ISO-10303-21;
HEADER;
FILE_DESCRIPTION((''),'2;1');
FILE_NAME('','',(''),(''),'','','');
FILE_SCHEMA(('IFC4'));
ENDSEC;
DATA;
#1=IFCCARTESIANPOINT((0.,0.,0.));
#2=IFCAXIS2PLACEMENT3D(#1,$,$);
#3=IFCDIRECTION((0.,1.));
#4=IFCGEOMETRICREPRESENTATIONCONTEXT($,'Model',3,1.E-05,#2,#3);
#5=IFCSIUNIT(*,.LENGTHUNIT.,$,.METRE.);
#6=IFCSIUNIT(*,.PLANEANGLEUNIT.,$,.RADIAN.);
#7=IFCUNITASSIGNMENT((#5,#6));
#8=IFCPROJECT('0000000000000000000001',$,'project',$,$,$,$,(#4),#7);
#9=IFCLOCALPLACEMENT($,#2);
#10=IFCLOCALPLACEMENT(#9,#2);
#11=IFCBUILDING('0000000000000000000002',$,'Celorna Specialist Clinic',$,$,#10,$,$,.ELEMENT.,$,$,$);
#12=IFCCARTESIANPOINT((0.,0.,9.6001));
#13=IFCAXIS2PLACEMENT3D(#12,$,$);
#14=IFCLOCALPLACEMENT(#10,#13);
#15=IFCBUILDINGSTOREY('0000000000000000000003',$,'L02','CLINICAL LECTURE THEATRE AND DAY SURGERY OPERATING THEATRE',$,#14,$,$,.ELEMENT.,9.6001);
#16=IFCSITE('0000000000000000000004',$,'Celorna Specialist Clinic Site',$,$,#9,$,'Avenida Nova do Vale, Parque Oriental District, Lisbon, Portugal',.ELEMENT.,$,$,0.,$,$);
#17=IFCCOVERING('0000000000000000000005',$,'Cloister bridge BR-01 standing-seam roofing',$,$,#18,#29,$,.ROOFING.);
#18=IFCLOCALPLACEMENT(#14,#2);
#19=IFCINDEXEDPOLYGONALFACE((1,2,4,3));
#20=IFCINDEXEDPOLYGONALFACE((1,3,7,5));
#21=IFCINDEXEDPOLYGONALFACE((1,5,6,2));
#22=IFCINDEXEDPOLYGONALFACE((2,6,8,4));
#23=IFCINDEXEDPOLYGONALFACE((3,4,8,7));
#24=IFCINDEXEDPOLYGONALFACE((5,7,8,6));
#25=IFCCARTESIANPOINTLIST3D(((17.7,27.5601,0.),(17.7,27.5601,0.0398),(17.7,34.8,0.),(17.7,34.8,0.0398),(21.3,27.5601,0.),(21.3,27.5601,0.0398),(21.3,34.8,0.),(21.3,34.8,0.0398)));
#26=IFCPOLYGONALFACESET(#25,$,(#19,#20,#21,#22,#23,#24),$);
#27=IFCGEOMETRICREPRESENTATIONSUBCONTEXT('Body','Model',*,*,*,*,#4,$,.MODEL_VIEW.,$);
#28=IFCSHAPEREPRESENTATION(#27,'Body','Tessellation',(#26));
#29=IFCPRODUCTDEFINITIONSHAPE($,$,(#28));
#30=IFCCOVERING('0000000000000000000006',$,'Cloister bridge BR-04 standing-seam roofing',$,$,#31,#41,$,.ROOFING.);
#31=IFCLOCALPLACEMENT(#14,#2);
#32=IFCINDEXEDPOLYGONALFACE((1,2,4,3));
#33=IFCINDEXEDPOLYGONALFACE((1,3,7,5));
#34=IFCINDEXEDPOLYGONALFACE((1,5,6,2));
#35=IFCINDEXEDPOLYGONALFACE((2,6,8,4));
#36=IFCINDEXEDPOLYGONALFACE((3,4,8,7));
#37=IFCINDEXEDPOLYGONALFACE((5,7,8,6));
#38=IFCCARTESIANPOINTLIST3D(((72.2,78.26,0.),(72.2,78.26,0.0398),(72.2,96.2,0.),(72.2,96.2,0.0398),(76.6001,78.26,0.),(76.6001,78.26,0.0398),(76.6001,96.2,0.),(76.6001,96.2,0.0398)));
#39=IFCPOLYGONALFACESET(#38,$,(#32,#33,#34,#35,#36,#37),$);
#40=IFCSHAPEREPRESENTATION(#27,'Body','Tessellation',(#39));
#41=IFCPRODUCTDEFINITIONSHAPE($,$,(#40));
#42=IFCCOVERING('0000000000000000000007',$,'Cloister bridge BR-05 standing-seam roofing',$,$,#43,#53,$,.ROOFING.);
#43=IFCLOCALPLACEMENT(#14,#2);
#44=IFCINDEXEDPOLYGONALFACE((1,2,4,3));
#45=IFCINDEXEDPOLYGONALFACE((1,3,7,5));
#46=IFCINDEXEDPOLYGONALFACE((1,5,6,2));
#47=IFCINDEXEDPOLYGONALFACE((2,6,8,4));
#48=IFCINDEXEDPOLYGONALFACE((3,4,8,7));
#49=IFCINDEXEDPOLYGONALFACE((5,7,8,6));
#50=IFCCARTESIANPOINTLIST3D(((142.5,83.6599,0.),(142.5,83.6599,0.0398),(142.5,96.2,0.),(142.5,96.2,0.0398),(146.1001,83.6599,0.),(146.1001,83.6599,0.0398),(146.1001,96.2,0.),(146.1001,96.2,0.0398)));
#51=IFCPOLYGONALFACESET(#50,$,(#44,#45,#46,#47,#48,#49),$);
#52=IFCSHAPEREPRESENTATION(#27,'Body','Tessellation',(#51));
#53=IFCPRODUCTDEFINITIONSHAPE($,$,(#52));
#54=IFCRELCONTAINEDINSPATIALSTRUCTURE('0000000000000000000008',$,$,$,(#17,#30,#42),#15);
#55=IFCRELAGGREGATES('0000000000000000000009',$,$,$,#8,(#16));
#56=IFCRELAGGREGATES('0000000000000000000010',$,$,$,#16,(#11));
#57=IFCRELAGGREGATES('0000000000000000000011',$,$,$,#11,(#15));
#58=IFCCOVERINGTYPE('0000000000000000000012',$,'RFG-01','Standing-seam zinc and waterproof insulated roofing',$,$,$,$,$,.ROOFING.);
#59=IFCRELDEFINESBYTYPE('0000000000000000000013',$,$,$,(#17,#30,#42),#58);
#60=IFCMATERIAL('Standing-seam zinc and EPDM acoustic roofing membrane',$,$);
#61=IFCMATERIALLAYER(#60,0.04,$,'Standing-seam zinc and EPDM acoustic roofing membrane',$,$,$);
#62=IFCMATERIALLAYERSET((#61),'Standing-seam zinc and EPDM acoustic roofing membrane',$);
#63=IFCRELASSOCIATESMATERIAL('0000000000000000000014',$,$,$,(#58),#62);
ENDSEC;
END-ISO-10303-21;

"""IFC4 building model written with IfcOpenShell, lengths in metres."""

from ifc_helpers import new_model, si_unit, direction, frame, origin, place, context, subcontext, project, spatial, polyline, outline, extrude, material, layer, layer_set, type_object, element, save


model = new_model("IFC4")

# Units and contexts
model_context = context("Model", 3, precision=1e-05, world=origin(), true_north=direction((0.0, 1.0)))
body_context = subcontext(model_context, "Body", "Model", "MODEL_VIEW")
ifc_project = project(units=[si_unit("LENGTHUNIT", "METRE"), si_unit("PLANEANGLEUNIT", "RADIAN")], contexts=[model_context])

# Site, building, storey
site_placement = place(None, origin())
site = spatial("IfcSite", under=ifc_project, at=site_placement, Name="Celorna Specialist Clinic Site", LongName="Avenida Nova do Vale, Parque Oriental District, Lisbon, Portugal", CompositionType="ELEMENT", RefElevation=0.0)
building_placement = place(site_placement, origin())
building = spatial("IfcBuilding", under=site, at=building_placement, Name="Celorna Specialist Clinic", CompositionType="ELEMENT")
storey_placement = place(building_placement, frame((0.0, 0.0, 9.6001)))
storey = spatial("IfcBuildingStorey", under=building, at=storey_placement, Name="L02", Description="CLINICAL LECTURE THEATRE AND DAY SURGERY OPERATING THEATRE", CompositionType="ELEMENT", Elevation=9.6001)

# Coverings
ifc_material_1 = material(Name="Standing-seam zinc and EPDM acoustic roofing membrane")
ifc_layer_1 = layer(ifc_material_1, 0.04, Name="Standing-seam zinc and EPDM acoustic roofing membrane")
ifc_layer_set_1 = layer_set([ifc_layer_1], Name="Standing-seam zinc and EPDM acoustic roofing membrane")
covering_type_1 = type_object("IfcCoveringType", Name="RFG-01", Description="Standing-seam zinc and waterproof insulated roofing", PredefinedType="ROOFING", material=ifc_layer_set_1)
covering_1_placement = place(storey_placement, origin())
element("IfcCovering", 1, at=covering_1_placement, inside=storey, type_object=covering_type_1, Name="Cloister bridge BR-01 standing-seam roofing", PredefinedType="ROOFING", context=body_context, shape_type="SweptSolid", body=[
    extrude(outline(polyline([(17.7, 27.5601), (21.3, 27.5601), (21.3, 34.8), (17.7, 34.8), (17.7, 27.5601)])), origin(), (0.0, 0.0, 1.0), 0.0398),
])
covering_2_placement = place(storey_placement, origin())
element("IfcCovering", 2, at=covering_2_placement, inside=storey, type_object=covering_type_1, Name="Cloister bridge BR-04 standing-seam roofing", PredefinedType="ROOFING", context=body_context, shape_type="SweptSolid", body=[
    extrude(outline(polyline([(72.2, 78.26), (76.6001, 78.26), (76.6001, 96.2), (72.2, 96.2), (72.2, 78.26)])), origin(), (0.0, 0.0, 1.0), 0.0398),
])
covering_3_placement = place(storey_placement, origin())
element("IfcCovering", 3, at=covering_3_placement, inside=storey, type_object=covering_type_1, Name="Cloister bridge BR-05 standing-seam roofing", PredefinedType="ROOFING", context=body_context, shape_type="SweptSolid", body=[
    extrude(outline(polyline([(142.5, 83.6599), (146.1001, 83.6599), (146.1001, 96.2), (142.5, 96.2), (142.5, 83.6599)])), origin(), (0.0, 0.0, 1.0), 0.0398),
])

save(model, "model.ifc")
